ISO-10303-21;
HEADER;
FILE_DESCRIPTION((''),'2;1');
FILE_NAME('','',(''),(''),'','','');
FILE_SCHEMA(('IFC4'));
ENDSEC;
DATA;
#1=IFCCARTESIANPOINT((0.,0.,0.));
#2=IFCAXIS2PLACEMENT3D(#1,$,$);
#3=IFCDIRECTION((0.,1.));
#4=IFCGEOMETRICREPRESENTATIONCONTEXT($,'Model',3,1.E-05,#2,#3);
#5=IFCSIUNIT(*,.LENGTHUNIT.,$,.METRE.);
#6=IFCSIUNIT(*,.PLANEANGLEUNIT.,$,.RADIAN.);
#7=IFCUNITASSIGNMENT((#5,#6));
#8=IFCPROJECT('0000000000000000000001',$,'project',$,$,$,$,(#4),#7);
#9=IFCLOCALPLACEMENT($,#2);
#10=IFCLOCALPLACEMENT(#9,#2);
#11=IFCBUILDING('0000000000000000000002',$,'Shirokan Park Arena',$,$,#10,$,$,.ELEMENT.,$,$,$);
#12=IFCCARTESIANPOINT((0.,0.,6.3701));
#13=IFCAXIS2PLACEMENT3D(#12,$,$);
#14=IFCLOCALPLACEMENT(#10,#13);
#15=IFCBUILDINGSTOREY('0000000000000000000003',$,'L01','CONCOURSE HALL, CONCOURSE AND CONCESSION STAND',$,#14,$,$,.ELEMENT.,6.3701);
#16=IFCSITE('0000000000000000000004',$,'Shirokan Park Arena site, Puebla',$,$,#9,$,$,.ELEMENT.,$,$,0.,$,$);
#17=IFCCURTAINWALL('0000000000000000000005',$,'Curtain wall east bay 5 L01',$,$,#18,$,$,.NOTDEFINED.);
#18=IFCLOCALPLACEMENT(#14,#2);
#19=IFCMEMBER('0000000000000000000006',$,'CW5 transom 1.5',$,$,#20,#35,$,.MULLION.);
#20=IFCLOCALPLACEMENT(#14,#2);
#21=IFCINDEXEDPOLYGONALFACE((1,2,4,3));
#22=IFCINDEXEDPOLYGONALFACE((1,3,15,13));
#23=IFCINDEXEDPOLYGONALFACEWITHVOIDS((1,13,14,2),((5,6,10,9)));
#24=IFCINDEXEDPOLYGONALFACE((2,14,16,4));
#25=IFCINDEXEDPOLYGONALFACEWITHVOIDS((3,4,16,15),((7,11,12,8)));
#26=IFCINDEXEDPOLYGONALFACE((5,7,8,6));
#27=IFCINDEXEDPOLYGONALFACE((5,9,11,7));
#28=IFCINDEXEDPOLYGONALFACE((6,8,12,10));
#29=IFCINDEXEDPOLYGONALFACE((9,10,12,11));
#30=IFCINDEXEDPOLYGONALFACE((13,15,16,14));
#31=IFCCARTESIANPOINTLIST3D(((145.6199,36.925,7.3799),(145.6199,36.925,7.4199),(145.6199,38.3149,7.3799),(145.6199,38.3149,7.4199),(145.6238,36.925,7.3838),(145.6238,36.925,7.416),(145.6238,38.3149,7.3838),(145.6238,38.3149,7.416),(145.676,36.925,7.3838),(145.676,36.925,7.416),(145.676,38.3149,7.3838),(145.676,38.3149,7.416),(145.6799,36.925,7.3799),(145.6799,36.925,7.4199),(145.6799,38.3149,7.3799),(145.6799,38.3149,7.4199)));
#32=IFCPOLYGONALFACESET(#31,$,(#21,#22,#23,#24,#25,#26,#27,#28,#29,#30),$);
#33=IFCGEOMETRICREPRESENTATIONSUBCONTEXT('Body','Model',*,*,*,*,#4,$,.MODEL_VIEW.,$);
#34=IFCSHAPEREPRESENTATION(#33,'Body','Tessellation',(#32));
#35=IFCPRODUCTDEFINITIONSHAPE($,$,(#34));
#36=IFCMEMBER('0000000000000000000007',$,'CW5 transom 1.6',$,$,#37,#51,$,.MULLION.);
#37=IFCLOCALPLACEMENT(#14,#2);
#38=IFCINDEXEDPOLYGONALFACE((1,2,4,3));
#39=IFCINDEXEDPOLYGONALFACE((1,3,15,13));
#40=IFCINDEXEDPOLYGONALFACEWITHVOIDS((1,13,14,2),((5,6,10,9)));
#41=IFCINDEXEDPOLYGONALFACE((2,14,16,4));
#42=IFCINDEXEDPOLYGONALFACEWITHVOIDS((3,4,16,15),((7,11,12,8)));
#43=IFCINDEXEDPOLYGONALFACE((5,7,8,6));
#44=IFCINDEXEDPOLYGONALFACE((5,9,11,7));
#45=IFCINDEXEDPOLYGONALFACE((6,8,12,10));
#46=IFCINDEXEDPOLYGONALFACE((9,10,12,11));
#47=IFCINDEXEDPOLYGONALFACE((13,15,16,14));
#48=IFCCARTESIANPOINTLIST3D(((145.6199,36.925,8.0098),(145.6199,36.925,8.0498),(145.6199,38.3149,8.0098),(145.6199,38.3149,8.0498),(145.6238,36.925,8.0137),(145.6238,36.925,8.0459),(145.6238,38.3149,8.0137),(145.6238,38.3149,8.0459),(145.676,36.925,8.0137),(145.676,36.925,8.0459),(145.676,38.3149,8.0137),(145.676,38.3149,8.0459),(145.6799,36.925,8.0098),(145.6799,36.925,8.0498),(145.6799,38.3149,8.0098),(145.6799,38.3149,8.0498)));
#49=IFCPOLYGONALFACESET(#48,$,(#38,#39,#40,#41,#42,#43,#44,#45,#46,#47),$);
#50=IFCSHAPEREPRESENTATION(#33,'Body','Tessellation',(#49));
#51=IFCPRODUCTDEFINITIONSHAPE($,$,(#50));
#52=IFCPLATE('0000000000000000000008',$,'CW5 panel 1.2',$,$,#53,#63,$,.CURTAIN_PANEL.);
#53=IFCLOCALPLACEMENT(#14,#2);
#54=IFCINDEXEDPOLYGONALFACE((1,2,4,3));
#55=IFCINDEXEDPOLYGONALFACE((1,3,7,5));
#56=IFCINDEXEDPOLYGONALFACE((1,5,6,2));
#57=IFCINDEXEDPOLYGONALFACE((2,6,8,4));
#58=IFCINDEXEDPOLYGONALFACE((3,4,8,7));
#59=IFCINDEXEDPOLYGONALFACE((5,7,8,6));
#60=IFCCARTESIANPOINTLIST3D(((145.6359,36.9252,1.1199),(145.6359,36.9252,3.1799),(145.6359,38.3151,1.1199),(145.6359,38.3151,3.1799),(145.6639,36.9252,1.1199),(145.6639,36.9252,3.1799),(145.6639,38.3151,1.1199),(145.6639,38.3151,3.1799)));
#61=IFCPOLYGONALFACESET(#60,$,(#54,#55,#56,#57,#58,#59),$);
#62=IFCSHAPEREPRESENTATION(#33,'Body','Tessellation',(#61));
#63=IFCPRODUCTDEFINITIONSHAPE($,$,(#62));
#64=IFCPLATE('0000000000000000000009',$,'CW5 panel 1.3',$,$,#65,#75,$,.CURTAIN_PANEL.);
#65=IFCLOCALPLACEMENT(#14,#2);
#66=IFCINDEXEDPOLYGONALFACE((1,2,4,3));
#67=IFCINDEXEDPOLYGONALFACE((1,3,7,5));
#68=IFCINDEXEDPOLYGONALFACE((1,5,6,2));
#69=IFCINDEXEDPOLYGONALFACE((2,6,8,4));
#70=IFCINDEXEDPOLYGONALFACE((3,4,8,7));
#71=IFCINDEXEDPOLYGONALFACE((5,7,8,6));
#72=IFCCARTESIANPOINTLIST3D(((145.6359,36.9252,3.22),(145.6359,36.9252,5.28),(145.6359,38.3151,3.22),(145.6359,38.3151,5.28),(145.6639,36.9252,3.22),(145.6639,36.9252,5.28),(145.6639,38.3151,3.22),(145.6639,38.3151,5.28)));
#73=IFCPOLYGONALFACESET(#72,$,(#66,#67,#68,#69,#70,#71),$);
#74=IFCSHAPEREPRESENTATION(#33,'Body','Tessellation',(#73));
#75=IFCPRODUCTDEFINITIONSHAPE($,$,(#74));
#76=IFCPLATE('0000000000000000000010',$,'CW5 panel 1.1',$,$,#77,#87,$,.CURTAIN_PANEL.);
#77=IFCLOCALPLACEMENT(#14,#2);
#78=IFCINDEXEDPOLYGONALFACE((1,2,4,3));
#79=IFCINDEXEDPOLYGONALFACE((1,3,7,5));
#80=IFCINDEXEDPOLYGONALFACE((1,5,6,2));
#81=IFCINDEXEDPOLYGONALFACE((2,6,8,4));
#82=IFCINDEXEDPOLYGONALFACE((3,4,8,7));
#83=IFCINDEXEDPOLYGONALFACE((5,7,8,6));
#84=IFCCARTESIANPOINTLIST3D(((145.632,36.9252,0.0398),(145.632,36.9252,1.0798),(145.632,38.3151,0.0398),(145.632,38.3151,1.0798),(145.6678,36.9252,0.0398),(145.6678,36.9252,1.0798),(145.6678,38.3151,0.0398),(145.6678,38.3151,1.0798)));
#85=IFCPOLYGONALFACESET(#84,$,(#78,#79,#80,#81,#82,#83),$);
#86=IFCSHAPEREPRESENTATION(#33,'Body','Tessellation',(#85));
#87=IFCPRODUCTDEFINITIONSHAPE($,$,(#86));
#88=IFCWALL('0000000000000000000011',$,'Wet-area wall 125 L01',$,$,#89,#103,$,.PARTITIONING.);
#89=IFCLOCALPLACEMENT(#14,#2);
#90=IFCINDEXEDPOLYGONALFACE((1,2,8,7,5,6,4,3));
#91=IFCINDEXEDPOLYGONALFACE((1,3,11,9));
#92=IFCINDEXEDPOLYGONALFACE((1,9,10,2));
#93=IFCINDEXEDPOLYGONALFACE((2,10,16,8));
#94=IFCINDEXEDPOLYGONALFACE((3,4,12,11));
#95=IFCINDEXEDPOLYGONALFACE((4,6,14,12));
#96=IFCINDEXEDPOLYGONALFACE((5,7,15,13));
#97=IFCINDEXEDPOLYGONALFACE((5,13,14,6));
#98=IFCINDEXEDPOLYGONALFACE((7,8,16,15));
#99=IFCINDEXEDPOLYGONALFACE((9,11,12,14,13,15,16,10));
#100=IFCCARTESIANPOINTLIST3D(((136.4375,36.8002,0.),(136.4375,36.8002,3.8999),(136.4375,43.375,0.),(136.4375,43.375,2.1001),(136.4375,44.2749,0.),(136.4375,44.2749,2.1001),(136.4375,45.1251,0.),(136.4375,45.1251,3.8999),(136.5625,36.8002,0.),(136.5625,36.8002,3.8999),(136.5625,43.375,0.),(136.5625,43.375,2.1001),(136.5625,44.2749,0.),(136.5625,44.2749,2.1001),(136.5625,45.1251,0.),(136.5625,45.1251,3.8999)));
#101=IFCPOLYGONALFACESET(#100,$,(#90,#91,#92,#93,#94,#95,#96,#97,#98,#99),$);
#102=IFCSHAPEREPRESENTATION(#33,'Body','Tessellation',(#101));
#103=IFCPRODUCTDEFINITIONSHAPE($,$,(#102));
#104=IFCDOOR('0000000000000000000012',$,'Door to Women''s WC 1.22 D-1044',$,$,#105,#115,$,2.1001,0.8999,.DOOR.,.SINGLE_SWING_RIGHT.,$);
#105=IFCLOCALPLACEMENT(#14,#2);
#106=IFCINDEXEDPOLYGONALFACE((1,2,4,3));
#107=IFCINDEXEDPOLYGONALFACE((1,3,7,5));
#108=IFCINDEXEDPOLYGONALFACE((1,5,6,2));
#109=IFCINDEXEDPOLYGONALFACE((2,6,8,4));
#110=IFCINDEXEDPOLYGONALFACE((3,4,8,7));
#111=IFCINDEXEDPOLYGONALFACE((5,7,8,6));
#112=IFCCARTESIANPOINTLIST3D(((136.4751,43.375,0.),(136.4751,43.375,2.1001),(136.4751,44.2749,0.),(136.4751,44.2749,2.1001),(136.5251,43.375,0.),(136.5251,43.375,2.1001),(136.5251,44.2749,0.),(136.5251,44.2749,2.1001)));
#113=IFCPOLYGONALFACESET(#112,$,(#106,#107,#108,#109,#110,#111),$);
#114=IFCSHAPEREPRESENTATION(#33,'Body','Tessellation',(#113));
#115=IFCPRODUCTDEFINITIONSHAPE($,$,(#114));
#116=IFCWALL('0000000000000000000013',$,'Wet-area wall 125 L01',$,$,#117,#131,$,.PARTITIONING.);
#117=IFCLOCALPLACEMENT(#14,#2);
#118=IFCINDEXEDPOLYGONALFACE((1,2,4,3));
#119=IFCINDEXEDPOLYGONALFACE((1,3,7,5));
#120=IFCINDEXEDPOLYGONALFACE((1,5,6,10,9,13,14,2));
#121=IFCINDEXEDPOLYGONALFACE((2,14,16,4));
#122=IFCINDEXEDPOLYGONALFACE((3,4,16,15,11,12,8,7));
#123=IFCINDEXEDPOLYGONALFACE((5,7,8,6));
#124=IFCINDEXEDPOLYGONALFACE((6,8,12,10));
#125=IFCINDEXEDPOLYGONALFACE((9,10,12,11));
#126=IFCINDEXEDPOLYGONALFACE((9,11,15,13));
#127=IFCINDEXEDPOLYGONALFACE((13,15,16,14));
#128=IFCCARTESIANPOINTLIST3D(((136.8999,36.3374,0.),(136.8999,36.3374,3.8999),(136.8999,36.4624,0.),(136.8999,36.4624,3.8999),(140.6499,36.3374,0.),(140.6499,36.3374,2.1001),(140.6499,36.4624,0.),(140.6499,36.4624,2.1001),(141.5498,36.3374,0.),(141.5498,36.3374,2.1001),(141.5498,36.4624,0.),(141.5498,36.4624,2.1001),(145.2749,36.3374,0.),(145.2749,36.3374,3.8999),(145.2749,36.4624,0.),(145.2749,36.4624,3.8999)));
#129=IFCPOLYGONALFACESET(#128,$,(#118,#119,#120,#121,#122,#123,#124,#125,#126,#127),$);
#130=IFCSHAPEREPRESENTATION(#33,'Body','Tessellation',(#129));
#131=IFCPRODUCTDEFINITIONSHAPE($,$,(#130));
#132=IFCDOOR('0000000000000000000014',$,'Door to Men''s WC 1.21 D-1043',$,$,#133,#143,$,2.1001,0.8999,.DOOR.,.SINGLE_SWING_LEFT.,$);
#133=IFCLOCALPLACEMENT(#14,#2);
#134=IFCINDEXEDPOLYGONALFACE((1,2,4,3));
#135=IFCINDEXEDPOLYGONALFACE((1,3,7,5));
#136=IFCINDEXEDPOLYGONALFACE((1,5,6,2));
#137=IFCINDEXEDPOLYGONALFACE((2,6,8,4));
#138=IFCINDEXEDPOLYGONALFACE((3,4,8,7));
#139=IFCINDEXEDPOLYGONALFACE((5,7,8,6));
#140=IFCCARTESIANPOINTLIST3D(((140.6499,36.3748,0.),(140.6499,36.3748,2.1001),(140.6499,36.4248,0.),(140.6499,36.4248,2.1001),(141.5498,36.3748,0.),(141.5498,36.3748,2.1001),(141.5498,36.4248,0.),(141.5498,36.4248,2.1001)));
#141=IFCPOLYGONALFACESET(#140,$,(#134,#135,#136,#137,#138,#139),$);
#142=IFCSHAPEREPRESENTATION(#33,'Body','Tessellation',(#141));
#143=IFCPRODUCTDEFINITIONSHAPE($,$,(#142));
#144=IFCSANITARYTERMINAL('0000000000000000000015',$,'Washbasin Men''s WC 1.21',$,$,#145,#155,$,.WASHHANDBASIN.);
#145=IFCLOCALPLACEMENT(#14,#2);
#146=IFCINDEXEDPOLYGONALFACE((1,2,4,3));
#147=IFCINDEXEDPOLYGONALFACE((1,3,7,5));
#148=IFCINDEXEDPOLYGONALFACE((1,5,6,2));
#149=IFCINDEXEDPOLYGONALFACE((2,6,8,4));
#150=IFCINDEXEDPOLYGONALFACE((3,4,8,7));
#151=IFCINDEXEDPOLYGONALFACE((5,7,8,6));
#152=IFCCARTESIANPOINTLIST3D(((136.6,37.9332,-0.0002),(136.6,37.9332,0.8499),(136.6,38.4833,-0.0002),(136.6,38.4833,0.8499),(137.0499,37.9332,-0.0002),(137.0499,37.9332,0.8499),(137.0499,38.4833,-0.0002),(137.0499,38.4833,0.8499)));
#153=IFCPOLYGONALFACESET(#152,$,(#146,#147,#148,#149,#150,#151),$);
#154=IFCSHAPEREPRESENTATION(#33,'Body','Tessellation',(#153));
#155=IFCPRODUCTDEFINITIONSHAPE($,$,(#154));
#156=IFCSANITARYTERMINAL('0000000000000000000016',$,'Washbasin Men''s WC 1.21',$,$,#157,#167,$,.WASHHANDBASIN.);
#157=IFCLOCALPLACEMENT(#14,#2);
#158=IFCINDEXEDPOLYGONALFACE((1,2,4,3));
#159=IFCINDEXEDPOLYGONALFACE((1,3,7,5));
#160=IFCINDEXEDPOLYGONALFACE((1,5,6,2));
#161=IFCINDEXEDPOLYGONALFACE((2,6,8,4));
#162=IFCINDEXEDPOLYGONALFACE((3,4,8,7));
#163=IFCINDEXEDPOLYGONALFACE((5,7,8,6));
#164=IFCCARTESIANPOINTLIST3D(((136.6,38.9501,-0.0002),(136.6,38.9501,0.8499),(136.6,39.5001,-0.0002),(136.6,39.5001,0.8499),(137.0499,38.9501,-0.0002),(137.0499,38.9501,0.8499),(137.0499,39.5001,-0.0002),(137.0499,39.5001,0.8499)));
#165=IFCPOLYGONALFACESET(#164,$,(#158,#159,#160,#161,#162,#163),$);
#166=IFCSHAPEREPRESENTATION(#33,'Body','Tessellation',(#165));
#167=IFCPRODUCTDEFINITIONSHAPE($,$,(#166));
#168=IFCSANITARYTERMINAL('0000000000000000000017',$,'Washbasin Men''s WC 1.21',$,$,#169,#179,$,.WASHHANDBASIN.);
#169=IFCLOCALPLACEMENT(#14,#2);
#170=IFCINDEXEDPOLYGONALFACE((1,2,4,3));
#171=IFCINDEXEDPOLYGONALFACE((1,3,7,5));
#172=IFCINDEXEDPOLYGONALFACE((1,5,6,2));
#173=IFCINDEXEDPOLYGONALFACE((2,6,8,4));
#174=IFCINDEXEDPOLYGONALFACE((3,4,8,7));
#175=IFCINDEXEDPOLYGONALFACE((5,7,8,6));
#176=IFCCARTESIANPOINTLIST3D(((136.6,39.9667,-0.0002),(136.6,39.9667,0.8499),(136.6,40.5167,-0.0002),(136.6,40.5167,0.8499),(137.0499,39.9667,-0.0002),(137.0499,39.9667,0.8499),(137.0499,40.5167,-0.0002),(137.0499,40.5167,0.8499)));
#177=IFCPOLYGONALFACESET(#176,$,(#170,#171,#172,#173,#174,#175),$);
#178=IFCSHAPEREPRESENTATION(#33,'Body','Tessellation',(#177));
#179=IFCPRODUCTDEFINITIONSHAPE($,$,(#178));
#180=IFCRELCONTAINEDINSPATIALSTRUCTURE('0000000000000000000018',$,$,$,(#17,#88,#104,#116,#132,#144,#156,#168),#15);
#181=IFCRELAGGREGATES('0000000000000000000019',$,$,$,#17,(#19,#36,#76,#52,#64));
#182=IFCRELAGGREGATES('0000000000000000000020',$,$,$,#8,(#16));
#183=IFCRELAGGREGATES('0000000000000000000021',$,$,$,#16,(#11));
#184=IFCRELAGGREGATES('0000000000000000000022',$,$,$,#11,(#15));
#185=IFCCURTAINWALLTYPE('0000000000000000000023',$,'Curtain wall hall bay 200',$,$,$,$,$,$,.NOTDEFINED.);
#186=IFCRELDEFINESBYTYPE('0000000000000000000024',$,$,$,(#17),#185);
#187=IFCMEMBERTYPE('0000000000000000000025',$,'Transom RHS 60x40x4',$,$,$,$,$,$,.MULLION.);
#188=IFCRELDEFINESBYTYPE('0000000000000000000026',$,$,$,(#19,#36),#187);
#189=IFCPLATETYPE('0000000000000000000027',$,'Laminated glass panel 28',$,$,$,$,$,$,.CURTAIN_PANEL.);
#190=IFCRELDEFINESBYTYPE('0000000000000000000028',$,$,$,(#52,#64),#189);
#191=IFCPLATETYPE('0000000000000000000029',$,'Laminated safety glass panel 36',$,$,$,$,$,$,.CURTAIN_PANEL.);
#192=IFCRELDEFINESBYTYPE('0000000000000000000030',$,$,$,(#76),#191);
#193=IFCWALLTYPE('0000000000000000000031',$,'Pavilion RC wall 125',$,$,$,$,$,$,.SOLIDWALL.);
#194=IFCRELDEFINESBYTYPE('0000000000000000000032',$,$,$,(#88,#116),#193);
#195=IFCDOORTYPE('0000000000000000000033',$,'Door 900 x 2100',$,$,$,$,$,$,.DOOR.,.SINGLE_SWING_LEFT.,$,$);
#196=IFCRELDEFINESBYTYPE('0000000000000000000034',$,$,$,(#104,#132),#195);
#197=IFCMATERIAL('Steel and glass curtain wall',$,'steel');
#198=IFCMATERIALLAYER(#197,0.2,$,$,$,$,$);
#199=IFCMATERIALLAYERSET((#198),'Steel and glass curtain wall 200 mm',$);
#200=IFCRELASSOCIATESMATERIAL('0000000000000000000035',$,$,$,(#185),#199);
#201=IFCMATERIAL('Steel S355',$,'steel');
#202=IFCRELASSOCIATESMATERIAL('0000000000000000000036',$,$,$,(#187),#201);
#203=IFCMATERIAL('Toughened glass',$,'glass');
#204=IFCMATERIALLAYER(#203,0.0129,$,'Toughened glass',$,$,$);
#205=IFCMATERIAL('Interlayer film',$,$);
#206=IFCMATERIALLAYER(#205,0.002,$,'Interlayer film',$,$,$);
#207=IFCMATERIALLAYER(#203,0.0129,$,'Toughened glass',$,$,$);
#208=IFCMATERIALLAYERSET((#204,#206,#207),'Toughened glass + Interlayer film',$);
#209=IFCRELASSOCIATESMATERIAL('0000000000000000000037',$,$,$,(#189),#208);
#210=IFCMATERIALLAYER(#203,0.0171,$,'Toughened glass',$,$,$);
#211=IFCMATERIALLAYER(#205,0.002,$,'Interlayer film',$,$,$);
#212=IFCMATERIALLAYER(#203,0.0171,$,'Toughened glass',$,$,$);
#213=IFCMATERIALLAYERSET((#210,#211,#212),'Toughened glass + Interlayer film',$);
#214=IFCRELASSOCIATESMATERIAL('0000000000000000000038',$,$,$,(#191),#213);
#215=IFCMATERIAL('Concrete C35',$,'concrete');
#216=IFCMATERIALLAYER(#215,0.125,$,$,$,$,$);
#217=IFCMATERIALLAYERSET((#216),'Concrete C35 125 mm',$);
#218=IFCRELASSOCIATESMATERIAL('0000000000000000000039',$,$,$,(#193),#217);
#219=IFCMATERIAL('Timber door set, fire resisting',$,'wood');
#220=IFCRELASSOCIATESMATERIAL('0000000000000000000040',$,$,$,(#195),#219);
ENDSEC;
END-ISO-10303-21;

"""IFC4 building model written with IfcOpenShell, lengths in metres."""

from ifc_helpers import new_model, si_unit, direction, frame, frame_2d, origin, origin_2d, place, context, subcontext, project, spatial, rectangle, hollow_rectangle, extrude, material, layer, layer_set, material_profile, profile_set, type_object, element, fill, aggregate, save


model = new_model("IFC4")

# Units and contexts
model_context = context("Model", 3, precision=1e-05, world=origin(), true_north=direction((0.0, 1.0)))
body_context = subcontext(model_context, "Body", "Model", "MODEL_VIEW")
ifc_project = project(units=[si_unit("LENGTHUNIT", "METRE"), si_unit("PLANEANGLEUNIT", "RADIAN")], contexts=[model_context])

# Site, building, storey
site_placement = place(None, origin())
site = spatial("IfcSite", under=ifc_project, at=site_placement, Name="Shirokan Park Arena site, Puebla", CompositionType="ELEMENT", RefElevation=0.0)
building_placement = place(site_placement, origin())
building = spatial("IfcBuilding", under=site, at=building_placement, Name="Shirokan Park Arena", CompositionType="ELEMENT")
storey_placement = place(building_placement, frame((0.0, 0.0, 6.3701)))
storey = spatial("IfcBuildingStorey", under=building, at=storey_placement, Name="L01", Description="CONCOURSE HALL, CONCOURSE AND CONCESSION STAND", CompositionType="ELEMENT", Elevation=6.3701)

# Shared definitions
ifc_material_1 = material(Name="Concrete C35", Category="concrete")

# Curtain wall
ifc_material_2 = material(Name="Steel and glass curtain wall", Category="steel")
ifc_layer_1 = layer(ifc_material_2, 0.2)
ifc_layer_set_1 = layer_set([ifc_layer_1], Name="Steel and glass curtain wall 200 mm")
curtain_wall_type = type_object("IfcCurtainWallType", Name="Curtain wall hall bay 200", PredefinedType="NOTDEFINED", material=ifc_layer_set_1)
ifc_material_3 = material(Name="Steel S355", Category="steel")
curtain_wall_1_placement = place(storey_placement, origin())
curtain_wall_1 = element("IfcCurtainWall", 1, at=curtain_wall_1_placement, inside=storey, type_object=curtain_wall_type, Name="Curtain wall east bay 5 L01", PredefinedType="NOTDEFINED")

# Members
ifc_material_profile_1 = material_profile(ifc_material_3, hollow_rectangle(XDim=0.0601, YDim=0.04, WallThickness=0.0039, at=origin_2d()), Name="RHS 60x40x4")
ifc_profile_set_1 = profile_set([ifc_material_profile_1], Name="Steel S355")
member_type_1 = type_object("IfcMemberType", Name="Transom RHS 60x40x4", PredefinedType="MULLION", material=ifc_profile_set_1)
member_1_placement = place(storey_placement, frame((145.6499, 36.925, 7.3999), z_axis=(0.0, 1.0, 0.0), x_axis=(-1.0, 0.0, 0.0)))
member_1 = element("IfcMember", 2, at=member_1_placement, type_object=member_type_1, Name="CW5 transom 1.5", PredefinedType="MULLION", context=body_context, shape_type="SweptSolid", body=[
    extrude(hollow_rectangle(XDim=0.0601, YDim=0.04, WallThickness=0.0039, at=origin_2d()), origin(), (0.0, 0.0, 1.0), 1.3899),
])
member_2_placement = place(storey_placement, frame((145.6499, 36.925, 8.0298), z_axis=(0.0, 1.0, 0.0), x_axis=(-1.0, 0.0, 0.0)))
member_2 = element("IfcMember", 3, at=member_2_placement, type_object=member_type_1, Name="CW5 transom 1.6", PredefinedType="MULLION", context=body_context, shape_type="SweptSolid", body=[
    extrude(hollow_rectangle(XDim=0.0601, YDim=0.04, WallThickness=0.0039, at=origin_2d()), origin(), (0.0, 0.0, 1.0), 1.3899),
])

# Plates
ifc_material_4 = material(Name="Toughened glass", Category="glass")
ifc_layer_2 = layer(ifc_material_4, 0.0129, Name="Toughened glass")
ifc_material_5 = material(Name="Interlayer film")
ifc_layer_3 = layer(ifc_material_5, 0.002, Name="Interlayer film")
ifc_layer_4 = layer(ifc_material_4, 0.0129, Name="Toughened glass")
ifc_layer_set_2 = layer_set([ifc_layer_2, ifc_layer_3, ifc_layer_4], Name="Toughened glass + Interlayer film")
plate_type_1 = type_object("IfcPlateType", Name="Laminated glass panel 28", PredefinedType="CURTAIN_PANEL", material=ifc_layer_set_2)
plate_1_placement = place(storey_placement, frame((145.6499, 37.6201, 1.1199), z_axis=(0.0, 0.0, 1.0), x_axis=(0.0, 1.0, 0.0)))
plate_1 = element("IfcPlate", 4, at=plate_1_placement, type_object=plate_type_1, Name="CW5 panel 1.2", PredefinedType="CURTAIN_PANEL", context=body_context, shape_type="SweptSolid", body=[
    extrude(rectangle(XDim=1.3899, YDim=0.0281, at=origin_2d()), origin(), (0.0, 0.0, 1.0), 2.0601),
])
plate_2_placement = place(storey_placement, frame((145.6499, 37.6201, 3.22), z_axis=(0.0, 0.0, 1.0), x_axis=(0.0, 1.0, 0.0)))
plate_2 = element("IfcPlate", 5, at=plate_2_placement, type_object=plate_type_1, Name="CW5 panel 1.3", PredefinedType="CURTAIN_PANEL", context=body_context, shape_type="SweptSolid", body=[
    extrude(rectangle(XDim=1.3899, YDim=0.0281, at=origin_2d()), origin(), (0.0, 0.0, 1.0), 2.0601),
])
ifc_layer_5 = layer(ifc_material_4, 0.0171, Name="Toughened glass")
ifc_layer_6 = layer(ifc_material_5, 0.002, Name="Interlayer film")
ifc_layer_7 = layer(ifc_material_4, 0.0171, Name="Toughened glass")
ifc_layer_set_3 = layer_set([ifc_layer_5, ifc_layer_6, ifc_layer_7], Name="Toughened glass + Interlayer film")
plate_type_2 = type_object("IfcPlateType", Name="Laminated safety glass panel 36", PredefinedType="CURTAIN_PANEL", material=ifc_layer_set_3)
plate_3_placement = place(storey_placement, frame((145.6499, 37.6201, 0.0398), z_axis=(0.0, 0.0, 1.0), x_axis=(0.0, 1.0, 0.0)))
plate_3 = element("IfcPlate", 6, at=plate_3_placement, type_object=plate_type_2, Name="CW5 panel 1.1", PredefinedType="CURTAIN_PANEL", context=body_context, shape_type="SweptSolid", body=[
    extrude(rectangle(XDim=1.3899, YDim=0.0359, at=origin_2d()), origin(), (0.0, 0.0, 1.0), 1.04),
])
aggregate(curtain_wall_1, [member_1, member_2, plate_3, plate_1, plate_2])

# Walls, openings, doors
ifc_layer_8 = layer(ifc_material_1, 0.125)
ifc_layer_set_4 = layer_set([ifc_layer_8], Name="Concrete C35 125 mm")
wall_type = type_object("IfcWallType", Name="Pavilion RC wall 125", PredefinedType="SOLIDWALL", material=ifc_layer_set_4)
wall_1_placement = place(storey_placement, frame((136.5, 36.8, 0.0), z_axis=(0.0, 0.0, 1.0), x_axis=(0.0, 1.0, 0.0)))
wall_1 = element("IfcWall", 7, at=wall_1_placement, inside=storey, type_object=wall_type, Name="Wet-area wall 125 L01", PredefinedType="PARTITIONING", context=body_context, shape_type="SweptSolid", body=[
    extrude(rectangle(XDim=8.325, YDim=0.125, at=frame_2d((4.1626, 0.0))), origin(), (0.0, 0.0, 1.0), 3.8999),
])
opening_1_placement = place(wall_1_placement, frame((6.575, 0.0, 0.0)))
opening_1 = element("IfcOpeningElement", 8, at=opening_1_placement, cuts=wall_1, PredefinedType="OPENING", context=body_context, shape_type="SweptSolid", body=[
    extrude(rectangle(XDim=0.8999, YDim=2.1001, at=frame_2d((0.45, 1.05))), frame((0.0, 0.0725, 0.0), z_axis=(0.0, -1.0, 0.0), x_axis=(1.0, 0.0, 0.0)), (0.0, 0.0, 1.0), 0.145),
])
ifc_material_6 = material(Name="Timber door set, fire resisting", Category="wood")
door_type = type_object("IfcDoorType", Name="Door 900 x 2100", OperationType="SINGLE_SWING_LEFT", PredefinedType="DOOR", material=ifc_material_6)
door_1_placement = place(opening_1_placement, origin())
door_1 = element("IfcDoor", 9, at=door_1_placement, inside=storey, type_object=door_type, Name="Door to Women's WC 1.22 D-1044", OperationType="SINGLE_SWING_RIGHT", OverallHeight=2.1001, OverallWidth=0.8999, PredefinedType="DOOR", context=body_context, shape_type="SweptSolid", body=[
    extrude(rectangle(XDim=0.8999, YDim=2.1001, at=frame_2d((0.45, 1.05))), frame((0.0, 0.0249, 0.0), z_axis=(0.0, -1.0, 0.0), x_axis=(1.0, 0.0, 0.0)), (0.0, 0.0, 1.0), 0.05),
])
fill(opening_1, door_1)
wall_2_placement = place(storey_placement, frame((136.8999, 36.3999, 0.0), z_axis=(0.0, 0.0, 1.0), x_axis=(1.0, 0.0, 0.0)))
wall_2 = element("IfcWall", 10, at=wall_2_placement, inside=storey, type_object=wall_type, Name="Wet-area wall 125 L01", PredefinedType="PARTITIONING", context=body_context, shape_type="SweptSolid", body=[
    extrude(rectangle(XDim=8.375, YDim=0.125, at=frame_2d((4.1875, 0.0))), origin(), (0.0, 0.0, 1.0), 3.8999),
])
opening_2_placement = place(wall_2_placement, frame((3.75, 0.0, 0.0)))
opening_2 = element("IfcOpeningElement", 11, at=opening_2_placement, cuts=wall_2, PredefinedType="OPENING", context=body_context, shape_type="SweptSolid", body=[
    extrude(rectangle(XDim=0.8999, YDim=2.1001, at=frame_2d((0.45, 1.05))), frame((0.0, 0.0725, 0.0), z_axis=(0.0, -1.0, 0.0), x_axis=(1.0, 0.0, 0.0)), (0.0, 0.0, 1.0), 0.145),
])
door_2_placement = place(opening_2_placement, origin())
door_2 = element("IfcDoor", 12, at=door_2_placement, inside=storey, type_object=door_type, Name="Door to Men's WC 1.21 D-1043", OperationType="SINGLE_SWING_LEFT", OverallHeight=2.1001, OverallWidth=0.8999, PredefinedType="DOOR", context=body_context, shape_type="SweptSolid", body=[
    extrude(rectangle(XDim=0.8999, YDim=2.1001, at=frame_2d((0.45, 1.05))), frame((0.0, 0.0249, 0.0), z_axis=(0.0, -1.0, 0.0), x_axis=(1.0, 0.0, 0.0)), (0.0, 0.0, 1.0), 0.05),
])
fill(opening_2, door_2)

# Sanitary terminals
for number, where, z_axis, x_axis, name in (
    (13, (136.825, 38.2083, -0.0002), (0.0, 0.0, 1.0), (1.0, 0.0, 0.0), "Washbasin Men's WC 1.21"),
    (14, (136.825, 39.2251, -0.0002), (0.0, 0.0, 1.0), (1.0, 0.0, 0.0), "Washbasin Men's WC 1.21"),
    (15, (136.825, 40.2417, -0.0002), (0.0, 0.0, 1.0), (1.0, 0.0, 0.0), "Washbasin Men's WC 1.21"),
):
    element("IfcSanitaryTerminal", number, at=place(storey_placement, frame(where, z_axis=z_axis, x_axis=x_axis)), inside=storey, Name=name, PredefinedType="WASHHANDBASIN", context=body_context, shape_type="SweptSolid", body=[
        extrude(rectangle(XDim=0.45, YDim=0.55, at=origin_2d()), origin(), (0.0, 0.0, 1.0), 0.8501),
    ])

save(model, "model.ifc")
